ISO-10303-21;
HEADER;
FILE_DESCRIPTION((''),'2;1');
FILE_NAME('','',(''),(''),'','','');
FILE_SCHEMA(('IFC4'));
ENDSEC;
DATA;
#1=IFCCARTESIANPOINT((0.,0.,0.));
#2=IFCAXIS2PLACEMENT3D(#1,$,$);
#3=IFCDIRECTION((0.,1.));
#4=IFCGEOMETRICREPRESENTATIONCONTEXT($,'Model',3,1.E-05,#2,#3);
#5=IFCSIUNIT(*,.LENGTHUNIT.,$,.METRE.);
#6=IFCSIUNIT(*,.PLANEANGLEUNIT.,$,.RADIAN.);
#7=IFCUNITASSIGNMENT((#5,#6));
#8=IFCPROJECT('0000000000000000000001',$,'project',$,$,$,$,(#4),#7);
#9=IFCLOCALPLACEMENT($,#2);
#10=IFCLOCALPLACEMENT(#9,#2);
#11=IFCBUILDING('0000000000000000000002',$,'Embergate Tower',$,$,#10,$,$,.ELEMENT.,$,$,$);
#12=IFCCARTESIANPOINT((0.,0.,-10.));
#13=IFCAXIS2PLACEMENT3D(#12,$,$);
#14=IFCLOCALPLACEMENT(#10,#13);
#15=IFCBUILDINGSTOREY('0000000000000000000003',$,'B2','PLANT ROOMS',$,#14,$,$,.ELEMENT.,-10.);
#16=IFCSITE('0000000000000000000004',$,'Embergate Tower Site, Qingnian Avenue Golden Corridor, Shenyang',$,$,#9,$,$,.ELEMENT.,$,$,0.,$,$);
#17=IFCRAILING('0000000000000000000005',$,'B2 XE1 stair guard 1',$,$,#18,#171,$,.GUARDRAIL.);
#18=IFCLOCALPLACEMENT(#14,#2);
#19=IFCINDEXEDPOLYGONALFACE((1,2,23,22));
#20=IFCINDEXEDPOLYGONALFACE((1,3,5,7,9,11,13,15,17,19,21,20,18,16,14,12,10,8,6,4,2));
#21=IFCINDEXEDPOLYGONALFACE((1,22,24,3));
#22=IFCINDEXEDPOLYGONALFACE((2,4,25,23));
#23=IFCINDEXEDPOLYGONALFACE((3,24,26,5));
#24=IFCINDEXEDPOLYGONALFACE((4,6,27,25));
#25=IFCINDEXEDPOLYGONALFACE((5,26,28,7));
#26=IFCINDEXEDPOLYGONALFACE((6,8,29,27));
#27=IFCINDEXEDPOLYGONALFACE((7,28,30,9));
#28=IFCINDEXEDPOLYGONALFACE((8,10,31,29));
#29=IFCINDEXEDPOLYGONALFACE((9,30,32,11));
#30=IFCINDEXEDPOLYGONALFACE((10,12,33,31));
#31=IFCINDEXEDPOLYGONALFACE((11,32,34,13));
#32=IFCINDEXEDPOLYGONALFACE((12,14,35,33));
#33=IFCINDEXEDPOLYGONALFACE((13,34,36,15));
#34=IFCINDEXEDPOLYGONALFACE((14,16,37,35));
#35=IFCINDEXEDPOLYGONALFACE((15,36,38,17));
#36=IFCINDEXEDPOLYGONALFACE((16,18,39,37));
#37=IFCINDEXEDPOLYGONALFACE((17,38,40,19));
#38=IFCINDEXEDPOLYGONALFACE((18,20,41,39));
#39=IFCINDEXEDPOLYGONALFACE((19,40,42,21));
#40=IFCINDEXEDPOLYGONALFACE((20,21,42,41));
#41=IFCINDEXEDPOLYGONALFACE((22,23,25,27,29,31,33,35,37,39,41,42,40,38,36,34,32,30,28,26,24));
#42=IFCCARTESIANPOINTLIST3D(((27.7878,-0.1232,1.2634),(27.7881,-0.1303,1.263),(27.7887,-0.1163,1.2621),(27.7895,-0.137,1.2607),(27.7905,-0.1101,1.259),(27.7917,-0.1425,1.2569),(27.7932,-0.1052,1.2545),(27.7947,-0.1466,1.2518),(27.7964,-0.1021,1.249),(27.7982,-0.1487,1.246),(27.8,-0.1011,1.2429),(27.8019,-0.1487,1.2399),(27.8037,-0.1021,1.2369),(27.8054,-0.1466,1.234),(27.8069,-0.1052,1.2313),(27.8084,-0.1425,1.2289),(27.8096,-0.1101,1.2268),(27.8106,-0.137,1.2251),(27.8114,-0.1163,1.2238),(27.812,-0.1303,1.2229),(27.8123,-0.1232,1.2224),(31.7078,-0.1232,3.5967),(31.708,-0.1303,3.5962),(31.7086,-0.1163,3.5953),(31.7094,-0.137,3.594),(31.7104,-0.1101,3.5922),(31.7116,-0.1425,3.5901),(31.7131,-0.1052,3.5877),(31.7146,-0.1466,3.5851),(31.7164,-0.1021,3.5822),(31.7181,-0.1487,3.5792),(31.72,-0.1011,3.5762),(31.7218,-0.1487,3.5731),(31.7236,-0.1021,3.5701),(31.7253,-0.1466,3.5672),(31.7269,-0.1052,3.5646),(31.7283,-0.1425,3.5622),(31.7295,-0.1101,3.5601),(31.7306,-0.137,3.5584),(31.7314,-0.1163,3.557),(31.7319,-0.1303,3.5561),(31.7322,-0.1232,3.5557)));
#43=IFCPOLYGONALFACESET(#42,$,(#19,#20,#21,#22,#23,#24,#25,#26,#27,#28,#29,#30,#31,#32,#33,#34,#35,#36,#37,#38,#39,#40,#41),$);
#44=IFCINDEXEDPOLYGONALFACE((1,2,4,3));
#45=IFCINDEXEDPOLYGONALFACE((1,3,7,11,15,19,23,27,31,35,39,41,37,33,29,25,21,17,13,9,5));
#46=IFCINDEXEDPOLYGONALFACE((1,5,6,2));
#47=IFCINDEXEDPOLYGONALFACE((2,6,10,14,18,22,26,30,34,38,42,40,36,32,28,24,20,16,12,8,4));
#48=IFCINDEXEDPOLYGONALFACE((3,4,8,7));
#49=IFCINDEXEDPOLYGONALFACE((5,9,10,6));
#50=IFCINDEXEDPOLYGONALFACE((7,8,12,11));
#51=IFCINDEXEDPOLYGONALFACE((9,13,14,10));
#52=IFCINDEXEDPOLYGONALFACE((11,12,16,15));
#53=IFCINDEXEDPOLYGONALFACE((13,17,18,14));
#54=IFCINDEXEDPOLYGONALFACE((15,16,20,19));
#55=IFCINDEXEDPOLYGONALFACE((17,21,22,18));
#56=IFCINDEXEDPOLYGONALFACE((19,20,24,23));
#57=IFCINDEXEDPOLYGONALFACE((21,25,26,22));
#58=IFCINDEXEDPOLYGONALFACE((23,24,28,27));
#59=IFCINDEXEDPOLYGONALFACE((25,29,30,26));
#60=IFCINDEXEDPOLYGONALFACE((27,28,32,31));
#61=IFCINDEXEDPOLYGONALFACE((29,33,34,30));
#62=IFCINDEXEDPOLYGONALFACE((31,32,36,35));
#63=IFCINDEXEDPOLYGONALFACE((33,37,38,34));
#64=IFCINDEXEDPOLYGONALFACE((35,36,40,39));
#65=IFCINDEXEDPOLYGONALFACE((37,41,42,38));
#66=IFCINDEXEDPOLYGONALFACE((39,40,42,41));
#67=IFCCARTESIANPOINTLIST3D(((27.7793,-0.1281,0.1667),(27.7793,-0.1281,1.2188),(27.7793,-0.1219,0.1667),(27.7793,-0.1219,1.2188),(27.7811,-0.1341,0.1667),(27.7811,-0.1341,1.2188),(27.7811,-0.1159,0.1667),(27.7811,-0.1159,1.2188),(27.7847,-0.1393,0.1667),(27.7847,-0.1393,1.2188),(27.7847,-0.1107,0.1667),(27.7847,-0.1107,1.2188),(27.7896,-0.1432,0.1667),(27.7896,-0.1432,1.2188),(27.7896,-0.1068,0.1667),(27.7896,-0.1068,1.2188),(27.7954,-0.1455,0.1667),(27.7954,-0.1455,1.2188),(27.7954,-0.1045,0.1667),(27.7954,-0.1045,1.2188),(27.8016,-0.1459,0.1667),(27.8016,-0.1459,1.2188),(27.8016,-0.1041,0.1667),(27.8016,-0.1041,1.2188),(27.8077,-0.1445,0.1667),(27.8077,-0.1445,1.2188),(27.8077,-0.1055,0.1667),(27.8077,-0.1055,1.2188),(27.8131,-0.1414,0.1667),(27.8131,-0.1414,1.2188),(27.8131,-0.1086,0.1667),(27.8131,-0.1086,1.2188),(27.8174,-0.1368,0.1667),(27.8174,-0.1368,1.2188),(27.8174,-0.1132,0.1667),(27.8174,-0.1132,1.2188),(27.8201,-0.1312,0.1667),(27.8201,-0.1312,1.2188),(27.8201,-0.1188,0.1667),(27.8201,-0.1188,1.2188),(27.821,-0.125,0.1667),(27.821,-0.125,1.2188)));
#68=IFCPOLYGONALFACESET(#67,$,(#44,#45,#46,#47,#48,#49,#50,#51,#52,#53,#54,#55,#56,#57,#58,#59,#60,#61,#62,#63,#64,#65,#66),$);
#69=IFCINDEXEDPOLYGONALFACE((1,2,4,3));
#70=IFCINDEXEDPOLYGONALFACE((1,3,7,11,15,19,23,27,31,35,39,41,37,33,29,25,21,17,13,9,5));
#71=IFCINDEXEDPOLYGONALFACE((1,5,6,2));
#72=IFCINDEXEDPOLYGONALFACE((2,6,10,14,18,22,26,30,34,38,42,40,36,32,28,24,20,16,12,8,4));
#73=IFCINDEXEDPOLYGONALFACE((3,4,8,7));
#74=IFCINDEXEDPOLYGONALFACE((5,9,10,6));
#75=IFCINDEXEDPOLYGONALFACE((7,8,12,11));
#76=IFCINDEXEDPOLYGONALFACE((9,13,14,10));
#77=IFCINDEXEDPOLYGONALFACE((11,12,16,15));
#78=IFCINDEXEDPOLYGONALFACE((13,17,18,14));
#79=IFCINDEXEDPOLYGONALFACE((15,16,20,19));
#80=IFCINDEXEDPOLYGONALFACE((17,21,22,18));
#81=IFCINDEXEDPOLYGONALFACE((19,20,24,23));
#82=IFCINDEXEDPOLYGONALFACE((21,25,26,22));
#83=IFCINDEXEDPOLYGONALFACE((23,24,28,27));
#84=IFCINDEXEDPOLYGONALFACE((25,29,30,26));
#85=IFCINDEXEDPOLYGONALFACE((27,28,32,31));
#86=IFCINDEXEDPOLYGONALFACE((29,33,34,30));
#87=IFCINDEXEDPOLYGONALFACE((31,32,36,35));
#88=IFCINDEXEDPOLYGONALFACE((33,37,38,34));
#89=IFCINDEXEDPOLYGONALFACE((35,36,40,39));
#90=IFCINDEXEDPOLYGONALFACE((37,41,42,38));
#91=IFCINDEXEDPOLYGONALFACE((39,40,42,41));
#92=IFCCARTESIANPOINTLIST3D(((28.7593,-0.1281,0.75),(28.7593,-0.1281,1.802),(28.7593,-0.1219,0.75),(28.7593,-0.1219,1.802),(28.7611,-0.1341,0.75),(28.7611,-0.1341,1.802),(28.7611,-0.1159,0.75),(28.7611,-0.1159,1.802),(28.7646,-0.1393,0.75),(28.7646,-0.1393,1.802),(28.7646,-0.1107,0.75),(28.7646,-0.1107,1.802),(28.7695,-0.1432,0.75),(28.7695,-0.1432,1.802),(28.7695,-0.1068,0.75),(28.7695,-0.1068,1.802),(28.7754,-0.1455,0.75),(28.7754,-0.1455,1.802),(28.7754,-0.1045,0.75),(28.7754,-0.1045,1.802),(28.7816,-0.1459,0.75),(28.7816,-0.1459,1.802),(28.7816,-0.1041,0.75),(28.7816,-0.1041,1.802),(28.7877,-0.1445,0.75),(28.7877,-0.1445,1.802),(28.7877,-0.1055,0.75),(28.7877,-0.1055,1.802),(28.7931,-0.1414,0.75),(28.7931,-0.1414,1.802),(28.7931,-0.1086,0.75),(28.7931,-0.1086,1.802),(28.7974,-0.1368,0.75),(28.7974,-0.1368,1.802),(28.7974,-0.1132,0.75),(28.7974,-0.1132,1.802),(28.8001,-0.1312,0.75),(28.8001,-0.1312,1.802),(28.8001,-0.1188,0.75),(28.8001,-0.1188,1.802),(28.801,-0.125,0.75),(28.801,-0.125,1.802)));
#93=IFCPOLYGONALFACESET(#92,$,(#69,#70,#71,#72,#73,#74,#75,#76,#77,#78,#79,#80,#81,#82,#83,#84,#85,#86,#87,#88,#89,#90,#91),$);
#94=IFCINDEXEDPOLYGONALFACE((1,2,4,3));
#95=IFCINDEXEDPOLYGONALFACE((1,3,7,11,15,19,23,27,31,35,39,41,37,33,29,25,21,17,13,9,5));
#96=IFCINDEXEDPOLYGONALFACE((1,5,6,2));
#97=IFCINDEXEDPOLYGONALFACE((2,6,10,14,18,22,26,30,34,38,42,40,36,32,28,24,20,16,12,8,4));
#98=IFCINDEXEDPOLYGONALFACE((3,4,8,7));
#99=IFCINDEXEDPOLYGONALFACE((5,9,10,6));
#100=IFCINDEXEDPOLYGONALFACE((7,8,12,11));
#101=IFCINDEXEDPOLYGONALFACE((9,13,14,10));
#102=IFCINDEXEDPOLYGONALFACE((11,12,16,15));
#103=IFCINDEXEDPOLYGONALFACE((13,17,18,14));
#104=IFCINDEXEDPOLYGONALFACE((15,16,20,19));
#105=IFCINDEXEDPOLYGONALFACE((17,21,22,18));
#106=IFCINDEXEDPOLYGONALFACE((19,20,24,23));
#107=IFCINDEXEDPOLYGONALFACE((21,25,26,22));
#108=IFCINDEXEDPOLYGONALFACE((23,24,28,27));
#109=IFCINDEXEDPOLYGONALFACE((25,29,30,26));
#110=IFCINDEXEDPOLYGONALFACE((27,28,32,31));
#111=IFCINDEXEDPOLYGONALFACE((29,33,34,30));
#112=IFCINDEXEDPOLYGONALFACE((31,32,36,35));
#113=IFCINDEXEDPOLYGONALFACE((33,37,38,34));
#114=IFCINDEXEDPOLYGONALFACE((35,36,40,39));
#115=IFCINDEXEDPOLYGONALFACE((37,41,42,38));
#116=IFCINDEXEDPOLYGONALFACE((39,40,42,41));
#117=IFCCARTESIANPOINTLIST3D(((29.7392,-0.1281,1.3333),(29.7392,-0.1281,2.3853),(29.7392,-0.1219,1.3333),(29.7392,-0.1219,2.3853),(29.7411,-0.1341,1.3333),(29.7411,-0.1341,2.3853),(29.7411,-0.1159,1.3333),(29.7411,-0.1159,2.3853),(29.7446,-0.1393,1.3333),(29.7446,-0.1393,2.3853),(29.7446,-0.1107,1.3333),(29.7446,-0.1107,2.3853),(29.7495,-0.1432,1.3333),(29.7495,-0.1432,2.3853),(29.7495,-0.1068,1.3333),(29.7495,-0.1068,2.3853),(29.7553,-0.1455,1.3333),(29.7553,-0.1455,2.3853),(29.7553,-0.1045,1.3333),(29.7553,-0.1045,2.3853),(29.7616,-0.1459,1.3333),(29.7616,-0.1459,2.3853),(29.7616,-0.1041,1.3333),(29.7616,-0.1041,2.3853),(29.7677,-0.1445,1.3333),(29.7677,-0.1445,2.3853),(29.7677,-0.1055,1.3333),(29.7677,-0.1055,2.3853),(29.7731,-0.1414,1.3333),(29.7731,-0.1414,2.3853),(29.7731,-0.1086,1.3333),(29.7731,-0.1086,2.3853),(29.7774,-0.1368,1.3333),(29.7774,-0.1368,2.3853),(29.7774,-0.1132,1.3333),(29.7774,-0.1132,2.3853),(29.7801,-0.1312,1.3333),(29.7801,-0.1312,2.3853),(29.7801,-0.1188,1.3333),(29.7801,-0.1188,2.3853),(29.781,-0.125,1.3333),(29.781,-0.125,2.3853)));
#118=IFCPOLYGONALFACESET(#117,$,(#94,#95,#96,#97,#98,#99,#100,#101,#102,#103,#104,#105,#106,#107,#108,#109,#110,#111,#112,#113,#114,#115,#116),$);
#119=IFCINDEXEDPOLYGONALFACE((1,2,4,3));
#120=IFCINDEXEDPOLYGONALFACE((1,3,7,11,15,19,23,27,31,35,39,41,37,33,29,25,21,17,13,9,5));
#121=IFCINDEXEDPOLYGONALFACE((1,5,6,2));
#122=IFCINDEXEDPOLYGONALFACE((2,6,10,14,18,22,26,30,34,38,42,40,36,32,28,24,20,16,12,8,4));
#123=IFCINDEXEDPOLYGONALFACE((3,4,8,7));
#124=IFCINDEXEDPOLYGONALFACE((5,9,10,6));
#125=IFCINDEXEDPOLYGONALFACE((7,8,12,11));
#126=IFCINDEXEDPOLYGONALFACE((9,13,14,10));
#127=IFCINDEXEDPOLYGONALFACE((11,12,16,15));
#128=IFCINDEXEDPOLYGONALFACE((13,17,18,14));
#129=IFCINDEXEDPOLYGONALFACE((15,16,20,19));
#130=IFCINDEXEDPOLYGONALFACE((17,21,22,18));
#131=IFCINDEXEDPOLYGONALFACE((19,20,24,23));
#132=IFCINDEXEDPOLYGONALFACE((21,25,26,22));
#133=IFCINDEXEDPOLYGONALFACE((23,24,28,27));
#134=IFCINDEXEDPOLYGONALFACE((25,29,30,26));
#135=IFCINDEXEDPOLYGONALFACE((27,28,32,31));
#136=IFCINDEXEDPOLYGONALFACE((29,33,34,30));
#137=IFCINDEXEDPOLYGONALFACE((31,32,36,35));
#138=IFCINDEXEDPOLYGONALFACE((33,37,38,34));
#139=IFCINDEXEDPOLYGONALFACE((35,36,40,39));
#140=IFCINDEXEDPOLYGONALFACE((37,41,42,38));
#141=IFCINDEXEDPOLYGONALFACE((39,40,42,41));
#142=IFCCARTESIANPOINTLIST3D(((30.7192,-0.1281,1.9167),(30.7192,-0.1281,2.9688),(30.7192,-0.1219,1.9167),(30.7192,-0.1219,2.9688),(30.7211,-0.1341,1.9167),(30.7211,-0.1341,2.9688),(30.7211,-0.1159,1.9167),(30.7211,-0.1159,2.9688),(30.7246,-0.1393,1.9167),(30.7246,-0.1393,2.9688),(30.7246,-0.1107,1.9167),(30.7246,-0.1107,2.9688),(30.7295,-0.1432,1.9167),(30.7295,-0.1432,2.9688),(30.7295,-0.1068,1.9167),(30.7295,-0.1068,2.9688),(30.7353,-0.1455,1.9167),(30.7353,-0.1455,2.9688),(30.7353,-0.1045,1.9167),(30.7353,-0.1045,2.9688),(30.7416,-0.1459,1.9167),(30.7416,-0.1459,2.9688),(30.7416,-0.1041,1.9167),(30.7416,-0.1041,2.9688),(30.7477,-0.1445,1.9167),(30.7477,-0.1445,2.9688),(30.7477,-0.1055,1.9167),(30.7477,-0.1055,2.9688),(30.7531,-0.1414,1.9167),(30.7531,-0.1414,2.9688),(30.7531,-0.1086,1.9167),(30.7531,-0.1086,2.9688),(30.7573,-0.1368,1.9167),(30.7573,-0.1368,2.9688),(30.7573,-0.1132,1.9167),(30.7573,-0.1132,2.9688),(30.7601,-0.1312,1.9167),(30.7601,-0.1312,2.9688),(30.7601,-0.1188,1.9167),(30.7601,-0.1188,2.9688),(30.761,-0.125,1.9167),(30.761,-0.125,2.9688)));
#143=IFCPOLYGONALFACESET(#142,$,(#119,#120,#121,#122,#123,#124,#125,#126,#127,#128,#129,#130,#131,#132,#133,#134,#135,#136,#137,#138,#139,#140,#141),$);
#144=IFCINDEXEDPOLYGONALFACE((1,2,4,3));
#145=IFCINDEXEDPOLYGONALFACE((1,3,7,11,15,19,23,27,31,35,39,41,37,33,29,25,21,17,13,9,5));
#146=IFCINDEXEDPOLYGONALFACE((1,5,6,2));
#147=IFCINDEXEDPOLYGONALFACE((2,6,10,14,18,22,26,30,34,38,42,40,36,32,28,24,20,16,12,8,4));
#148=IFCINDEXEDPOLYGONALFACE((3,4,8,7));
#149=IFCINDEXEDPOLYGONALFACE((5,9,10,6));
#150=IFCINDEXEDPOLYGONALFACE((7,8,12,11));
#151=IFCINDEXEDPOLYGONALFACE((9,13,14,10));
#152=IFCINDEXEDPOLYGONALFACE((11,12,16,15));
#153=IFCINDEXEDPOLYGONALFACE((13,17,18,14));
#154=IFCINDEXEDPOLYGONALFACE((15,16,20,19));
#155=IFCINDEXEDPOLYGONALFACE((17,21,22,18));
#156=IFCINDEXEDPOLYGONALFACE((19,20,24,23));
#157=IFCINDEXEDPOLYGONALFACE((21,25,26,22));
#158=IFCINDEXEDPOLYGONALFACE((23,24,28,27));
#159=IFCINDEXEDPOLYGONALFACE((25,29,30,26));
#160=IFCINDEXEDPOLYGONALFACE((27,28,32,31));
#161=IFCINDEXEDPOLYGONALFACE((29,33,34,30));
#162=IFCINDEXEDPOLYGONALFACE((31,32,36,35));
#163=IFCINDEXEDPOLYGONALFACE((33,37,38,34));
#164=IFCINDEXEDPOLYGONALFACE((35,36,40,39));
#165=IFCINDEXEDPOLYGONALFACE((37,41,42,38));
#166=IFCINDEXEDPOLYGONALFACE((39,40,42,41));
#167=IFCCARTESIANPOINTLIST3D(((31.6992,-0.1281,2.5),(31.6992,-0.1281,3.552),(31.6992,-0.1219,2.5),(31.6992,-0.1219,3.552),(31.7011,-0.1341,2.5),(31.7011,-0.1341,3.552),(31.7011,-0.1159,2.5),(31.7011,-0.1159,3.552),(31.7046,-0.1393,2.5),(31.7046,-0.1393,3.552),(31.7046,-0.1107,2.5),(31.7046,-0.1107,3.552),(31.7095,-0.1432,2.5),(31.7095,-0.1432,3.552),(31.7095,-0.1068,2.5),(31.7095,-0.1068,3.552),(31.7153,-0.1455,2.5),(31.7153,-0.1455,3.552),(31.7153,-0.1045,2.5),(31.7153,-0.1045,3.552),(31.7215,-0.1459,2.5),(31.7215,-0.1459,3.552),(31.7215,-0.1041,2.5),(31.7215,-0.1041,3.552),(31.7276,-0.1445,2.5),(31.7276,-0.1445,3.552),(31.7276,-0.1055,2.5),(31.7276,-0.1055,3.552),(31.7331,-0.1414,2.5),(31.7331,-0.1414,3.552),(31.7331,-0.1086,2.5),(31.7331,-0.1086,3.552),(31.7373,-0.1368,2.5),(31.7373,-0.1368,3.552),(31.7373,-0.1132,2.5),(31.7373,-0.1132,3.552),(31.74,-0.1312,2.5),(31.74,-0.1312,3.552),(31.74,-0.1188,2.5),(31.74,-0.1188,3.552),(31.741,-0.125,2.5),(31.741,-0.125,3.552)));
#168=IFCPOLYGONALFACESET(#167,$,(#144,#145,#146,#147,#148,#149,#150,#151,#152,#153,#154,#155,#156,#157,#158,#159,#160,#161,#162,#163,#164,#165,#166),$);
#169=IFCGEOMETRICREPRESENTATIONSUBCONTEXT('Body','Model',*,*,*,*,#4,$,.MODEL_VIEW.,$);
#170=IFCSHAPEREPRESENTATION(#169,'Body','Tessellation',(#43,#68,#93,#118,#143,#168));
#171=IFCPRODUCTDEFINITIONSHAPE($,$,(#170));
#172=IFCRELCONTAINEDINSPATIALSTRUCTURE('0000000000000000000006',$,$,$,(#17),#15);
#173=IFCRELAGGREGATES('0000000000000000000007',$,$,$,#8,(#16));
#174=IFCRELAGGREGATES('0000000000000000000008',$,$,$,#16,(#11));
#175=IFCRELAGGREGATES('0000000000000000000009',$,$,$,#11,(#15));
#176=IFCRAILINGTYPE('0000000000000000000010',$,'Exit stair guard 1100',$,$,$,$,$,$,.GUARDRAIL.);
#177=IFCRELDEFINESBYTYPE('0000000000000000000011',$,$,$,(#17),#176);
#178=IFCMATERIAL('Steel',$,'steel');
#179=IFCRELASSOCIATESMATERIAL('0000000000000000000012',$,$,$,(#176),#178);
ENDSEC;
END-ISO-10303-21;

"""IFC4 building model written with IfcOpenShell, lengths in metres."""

from ifc_helpers import new_model, si_unit, direction, frame, origin, origin_2d, place, context, subcontext, project, spatial, circle, extrude, source, transform, mapped, material, type_object, element, save


model = new_model("IFC4")

# Units and contexts
model_context = context("Model", 3, precision=1e-05, world=origin(), true_north=direction((0.0, 1.0)))
body_context = subcontext(model_context, "Body", "Model", "MODEL_VIEW")
ifc_project = project(units=[si_unit("LENGTHUNIT", "METRE"), si_unit("PLANEANGLEUNIT", "RADIAN")], contexts=[model_context])

# Site, building, storey
site_placement = place(None, origin())
site = spatial("IfcSite", under=ifc_project, at=site_placement, Name="Embergate Tower Site, Qingnian Avenue Golden Corridor, Shenyang", CompositionType="ELEMENT", RefElevation=0.0)
building_placement = place(site_placement, origin())
building = spatial("IfcBuilding", under=site, at=building_placement, Name="Embergate Tower", CompositionType="ELEMENT")
storey_placement = place(building_placement, frame((0.0, 0.0, -10.0)))
storey = spatial("IfcBuildingStorey", under=building, at=storey_placement, Name="B2", Description="PLANT ROOMS", CompositionType="ELEMENT", Elevation=-10.0)

# Railing
ifc_material_1 = material(Name="Steel", Category="steel")
railing_type_1 = type_object("IfcRailingType", Name="Exit stair guard 1100", PredefinedType="GUARDRAIL", material=ifc_material_1)
shared_shape_1 = source(origin(), body_context, "Body", "SweptSolid", [
    extrude(circle(Radius=0.0239, at=origin_2d()), frame((0.0, 0.0, 1.0762), z_axis=(0.859296, 0.0, 0.511478), x_axis=(0.0, 1.0, 0.0)), (0.0, 0.0, 1.0), 4.5618),
    extrude(circle(Radius=0.021, at=origin_2d()), origin(), (0.0, 0.0, 1.0), 1.052),
    extrude(circle(Radius=0.021, at=origin_2d()), frame((0.98, 0.0, 0.5833)), (0.0, 0.0, 1.0), 1.052),
    extrude(circle(Radius=0.021, at=origin_2d()), frame((1.96, 0.0, 1.1665)), (0.0, 0.0, 1.0), 1.052),
    extrude(circle(Radius=0.021, at=origin_2d()), frame((2.9399, 0.0, 1.75)), (0.0, 0.0, 1.0), 1.052),
    extrude(circle(Radius=0.021, at=origin_2d()), frame((3.9199, 0.0, 2.3333)), (0.0, 0.0, 1.0), 1.052),
])
railing_1_placement = place(storey_placement, frame((27.8, -0.125, 0.1667)))
element("IfcRailing", 1, at=railing_1_placement, inside=storey, type_object=railing_type_1, Name="B2 XE1 stair guard 1", PredefinedType="GUARDRAIL", context=body_context, shape_type="MappedRepresentation", body=[
    mapped(shared_shape_1, transform((0.0, 0.0, 0.0))),
])

save(model, "model.ifc")
